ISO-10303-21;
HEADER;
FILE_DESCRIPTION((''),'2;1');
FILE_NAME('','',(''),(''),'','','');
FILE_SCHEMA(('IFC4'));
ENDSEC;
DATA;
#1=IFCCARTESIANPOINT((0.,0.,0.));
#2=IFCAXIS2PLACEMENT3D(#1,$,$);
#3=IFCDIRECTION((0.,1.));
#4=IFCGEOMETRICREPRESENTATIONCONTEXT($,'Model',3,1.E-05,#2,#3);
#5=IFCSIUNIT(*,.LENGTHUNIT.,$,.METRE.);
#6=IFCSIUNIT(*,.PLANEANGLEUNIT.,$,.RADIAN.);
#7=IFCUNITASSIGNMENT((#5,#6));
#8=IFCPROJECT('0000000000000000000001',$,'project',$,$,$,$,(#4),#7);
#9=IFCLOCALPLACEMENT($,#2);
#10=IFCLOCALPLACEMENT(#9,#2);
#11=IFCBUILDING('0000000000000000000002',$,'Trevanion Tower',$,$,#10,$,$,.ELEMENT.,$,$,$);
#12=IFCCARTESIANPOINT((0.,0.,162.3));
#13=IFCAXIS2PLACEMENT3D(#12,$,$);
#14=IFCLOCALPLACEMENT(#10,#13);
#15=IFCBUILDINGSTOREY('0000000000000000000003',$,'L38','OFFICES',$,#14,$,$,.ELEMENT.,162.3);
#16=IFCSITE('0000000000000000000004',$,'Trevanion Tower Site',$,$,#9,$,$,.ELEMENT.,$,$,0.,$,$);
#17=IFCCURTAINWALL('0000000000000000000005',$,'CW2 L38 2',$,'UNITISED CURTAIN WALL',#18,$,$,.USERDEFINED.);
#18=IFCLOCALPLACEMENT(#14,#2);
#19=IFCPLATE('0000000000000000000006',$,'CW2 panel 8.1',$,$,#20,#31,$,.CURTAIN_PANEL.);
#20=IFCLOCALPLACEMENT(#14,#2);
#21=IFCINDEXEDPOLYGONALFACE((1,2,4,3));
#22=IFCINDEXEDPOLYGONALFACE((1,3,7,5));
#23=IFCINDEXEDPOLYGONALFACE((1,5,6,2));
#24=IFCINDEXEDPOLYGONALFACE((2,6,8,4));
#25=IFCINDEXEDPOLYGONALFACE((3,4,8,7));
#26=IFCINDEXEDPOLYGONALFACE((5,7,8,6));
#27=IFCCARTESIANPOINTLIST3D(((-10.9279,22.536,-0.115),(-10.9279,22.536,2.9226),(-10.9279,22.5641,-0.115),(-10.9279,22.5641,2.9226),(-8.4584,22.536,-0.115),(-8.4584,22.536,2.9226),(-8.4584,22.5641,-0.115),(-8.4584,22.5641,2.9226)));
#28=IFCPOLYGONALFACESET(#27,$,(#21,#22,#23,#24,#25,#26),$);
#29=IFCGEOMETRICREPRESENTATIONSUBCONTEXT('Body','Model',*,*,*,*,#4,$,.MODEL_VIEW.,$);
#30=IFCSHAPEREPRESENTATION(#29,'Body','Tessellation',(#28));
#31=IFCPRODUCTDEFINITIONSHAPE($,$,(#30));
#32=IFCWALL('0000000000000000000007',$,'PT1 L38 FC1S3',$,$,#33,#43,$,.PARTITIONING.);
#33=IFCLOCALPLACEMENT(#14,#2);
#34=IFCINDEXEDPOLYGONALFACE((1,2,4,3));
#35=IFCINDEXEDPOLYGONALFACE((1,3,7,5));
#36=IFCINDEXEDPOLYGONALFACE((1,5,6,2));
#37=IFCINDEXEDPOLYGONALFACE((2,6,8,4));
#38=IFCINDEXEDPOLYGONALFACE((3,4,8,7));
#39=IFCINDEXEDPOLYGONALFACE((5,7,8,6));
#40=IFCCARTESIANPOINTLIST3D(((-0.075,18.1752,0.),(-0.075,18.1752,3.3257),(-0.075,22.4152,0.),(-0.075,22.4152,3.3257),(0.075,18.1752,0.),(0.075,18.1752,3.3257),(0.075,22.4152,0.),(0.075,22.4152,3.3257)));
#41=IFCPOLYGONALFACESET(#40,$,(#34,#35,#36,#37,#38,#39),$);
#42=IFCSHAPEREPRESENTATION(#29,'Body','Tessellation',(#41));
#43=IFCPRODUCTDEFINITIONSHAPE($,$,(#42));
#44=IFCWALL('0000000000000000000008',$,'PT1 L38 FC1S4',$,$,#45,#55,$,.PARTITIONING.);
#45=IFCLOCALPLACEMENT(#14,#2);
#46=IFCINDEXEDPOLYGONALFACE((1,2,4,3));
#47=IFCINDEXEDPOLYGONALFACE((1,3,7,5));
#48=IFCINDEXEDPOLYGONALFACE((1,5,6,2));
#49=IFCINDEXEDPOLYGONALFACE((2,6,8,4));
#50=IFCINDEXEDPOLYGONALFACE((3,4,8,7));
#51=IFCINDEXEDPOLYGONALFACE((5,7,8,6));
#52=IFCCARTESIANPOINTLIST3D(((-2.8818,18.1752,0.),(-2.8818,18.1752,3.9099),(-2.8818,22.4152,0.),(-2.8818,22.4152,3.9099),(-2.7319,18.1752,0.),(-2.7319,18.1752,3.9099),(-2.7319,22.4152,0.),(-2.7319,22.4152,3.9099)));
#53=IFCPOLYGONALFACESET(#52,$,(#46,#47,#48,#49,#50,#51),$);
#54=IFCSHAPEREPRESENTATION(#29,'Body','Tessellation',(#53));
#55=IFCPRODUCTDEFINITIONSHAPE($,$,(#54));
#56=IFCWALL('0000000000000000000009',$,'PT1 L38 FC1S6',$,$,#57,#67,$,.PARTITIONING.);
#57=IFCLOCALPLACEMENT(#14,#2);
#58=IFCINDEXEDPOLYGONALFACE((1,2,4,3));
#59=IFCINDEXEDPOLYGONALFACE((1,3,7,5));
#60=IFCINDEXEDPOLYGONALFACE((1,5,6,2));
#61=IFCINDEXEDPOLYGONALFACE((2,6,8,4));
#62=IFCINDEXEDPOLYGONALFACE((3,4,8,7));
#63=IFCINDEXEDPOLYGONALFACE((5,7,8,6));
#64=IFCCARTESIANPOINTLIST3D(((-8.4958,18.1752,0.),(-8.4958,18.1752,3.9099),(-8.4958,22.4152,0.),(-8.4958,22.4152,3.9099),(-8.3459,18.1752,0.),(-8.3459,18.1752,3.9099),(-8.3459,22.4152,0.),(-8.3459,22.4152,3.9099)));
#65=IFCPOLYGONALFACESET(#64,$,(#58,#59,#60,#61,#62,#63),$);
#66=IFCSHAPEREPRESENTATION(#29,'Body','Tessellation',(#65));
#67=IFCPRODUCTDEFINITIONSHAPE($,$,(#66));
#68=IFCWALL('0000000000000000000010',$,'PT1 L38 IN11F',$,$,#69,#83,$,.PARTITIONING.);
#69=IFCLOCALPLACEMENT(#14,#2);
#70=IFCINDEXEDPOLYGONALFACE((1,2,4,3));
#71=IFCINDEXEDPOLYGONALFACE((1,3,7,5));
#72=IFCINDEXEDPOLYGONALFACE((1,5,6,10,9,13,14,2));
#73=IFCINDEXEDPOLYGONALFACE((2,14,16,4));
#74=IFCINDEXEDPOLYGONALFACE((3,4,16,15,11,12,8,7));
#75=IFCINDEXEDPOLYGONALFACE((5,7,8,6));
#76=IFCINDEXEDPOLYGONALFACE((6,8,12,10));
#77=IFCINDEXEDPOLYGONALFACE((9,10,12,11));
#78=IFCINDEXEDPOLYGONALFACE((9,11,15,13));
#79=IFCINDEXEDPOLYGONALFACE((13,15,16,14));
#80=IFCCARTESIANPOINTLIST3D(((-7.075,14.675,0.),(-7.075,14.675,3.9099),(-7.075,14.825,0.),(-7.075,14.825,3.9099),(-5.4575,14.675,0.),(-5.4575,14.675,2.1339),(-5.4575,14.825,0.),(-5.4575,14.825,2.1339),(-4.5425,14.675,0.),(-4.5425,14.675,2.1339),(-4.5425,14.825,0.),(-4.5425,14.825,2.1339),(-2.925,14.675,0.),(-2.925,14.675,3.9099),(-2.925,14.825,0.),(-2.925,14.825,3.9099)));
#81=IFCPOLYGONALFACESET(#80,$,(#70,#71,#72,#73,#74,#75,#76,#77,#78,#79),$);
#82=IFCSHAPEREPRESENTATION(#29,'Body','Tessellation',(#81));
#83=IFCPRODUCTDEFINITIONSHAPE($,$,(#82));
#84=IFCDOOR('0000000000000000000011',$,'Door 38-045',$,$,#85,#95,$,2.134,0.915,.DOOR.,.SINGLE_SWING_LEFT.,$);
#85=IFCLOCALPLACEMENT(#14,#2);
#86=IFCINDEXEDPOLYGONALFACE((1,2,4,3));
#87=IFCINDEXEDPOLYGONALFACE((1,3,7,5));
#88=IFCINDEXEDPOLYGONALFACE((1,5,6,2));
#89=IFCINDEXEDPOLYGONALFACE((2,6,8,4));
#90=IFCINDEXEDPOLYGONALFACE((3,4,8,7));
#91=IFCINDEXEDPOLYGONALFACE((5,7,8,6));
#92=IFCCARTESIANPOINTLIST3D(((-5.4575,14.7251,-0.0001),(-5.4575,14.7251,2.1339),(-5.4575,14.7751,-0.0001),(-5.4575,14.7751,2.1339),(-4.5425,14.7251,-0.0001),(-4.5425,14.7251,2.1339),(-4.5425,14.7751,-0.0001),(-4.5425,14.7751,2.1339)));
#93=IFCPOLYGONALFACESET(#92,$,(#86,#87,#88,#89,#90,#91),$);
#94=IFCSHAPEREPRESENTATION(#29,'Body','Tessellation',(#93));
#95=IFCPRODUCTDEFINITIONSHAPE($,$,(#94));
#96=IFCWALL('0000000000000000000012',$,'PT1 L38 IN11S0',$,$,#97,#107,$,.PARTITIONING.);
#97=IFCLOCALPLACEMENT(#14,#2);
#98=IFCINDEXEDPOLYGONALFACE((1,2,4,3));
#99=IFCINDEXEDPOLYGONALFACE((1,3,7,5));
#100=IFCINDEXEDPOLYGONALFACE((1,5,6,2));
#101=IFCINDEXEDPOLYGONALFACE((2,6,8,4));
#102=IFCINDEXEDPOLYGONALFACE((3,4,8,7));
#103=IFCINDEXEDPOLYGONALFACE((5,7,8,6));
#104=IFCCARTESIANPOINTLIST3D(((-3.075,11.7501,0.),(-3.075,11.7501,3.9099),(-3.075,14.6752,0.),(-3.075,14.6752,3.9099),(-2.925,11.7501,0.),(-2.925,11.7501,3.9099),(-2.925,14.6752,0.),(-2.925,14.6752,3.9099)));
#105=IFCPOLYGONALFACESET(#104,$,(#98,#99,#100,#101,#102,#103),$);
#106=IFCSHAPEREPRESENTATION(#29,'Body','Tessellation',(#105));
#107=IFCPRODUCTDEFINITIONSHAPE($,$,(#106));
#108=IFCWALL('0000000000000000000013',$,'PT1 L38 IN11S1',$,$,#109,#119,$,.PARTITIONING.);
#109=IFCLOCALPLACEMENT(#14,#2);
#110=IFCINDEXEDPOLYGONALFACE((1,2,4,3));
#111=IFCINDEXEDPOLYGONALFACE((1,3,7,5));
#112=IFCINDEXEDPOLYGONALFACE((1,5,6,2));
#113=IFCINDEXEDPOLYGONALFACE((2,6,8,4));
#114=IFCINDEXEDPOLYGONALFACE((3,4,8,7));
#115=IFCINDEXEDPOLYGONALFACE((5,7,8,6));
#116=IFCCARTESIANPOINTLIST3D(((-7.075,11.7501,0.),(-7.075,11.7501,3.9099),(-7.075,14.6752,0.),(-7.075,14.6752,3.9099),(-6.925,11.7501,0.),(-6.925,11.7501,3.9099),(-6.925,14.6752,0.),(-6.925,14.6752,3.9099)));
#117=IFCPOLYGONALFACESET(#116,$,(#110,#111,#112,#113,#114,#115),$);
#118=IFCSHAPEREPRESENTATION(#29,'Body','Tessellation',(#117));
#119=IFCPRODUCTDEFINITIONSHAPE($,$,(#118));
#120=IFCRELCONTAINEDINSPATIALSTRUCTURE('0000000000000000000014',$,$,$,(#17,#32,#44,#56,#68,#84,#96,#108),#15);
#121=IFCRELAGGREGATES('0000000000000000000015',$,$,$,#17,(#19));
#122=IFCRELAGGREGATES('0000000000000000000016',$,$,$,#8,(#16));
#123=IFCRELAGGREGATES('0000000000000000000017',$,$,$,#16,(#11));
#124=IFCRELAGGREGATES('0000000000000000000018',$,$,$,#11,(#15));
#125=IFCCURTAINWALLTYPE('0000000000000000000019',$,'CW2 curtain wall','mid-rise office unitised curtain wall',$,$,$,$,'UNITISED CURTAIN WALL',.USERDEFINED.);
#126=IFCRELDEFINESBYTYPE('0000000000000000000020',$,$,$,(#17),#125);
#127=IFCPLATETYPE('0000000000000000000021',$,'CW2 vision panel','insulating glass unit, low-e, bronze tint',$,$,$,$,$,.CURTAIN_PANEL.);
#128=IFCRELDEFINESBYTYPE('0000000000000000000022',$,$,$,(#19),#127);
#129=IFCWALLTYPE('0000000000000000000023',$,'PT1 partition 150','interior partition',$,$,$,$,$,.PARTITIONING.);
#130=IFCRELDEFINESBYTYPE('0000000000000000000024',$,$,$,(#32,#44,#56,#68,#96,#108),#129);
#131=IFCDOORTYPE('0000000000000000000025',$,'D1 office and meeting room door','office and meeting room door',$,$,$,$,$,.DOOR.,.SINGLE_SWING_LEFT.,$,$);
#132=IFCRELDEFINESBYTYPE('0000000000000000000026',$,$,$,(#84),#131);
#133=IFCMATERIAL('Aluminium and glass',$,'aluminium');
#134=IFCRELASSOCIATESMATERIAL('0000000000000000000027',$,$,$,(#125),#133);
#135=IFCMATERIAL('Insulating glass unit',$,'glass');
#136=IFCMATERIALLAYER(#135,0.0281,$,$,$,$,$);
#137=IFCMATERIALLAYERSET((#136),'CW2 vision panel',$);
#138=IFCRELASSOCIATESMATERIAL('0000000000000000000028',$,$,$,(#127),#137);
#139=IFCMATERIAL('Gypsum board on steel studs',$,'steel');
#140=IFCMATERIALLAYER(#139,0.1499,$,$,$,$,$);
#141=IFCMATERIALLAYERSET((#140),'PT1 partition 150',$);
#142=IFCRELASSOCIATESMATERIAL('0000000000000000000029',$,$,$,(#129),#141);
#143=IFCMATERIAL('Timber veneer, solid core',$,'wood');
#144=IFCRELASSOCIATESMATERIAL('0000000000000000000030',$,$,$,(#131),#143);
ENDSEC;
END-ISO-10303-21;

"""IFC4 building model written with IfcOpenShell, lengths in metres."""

from ifc_helpers import new_model, si_unit, direction, frame, frame_2d, origin, origin_2d, place, context, subcontext, project, spatial, rectangle, extrude, material, layer, layer_set, type_object, element, fill, aggregate, save


model = new_model("IFC4")

# Units and contexts
model_context = context("Model", 3, precision=1e-05, world=origin(), true_north=direction((0.0, 1.0)))
body_context = subcontext(model_context, "Body", "Model", "MODEL_VIEW")
ifc_project = project(units=[si_unit("LENGTHUNIT", "METRE"), si_unit("PLANEANGLEUNIT", "RADIAN")], contexts=[model_context])

# Site, building, storey
site_placement = place(None, origin())
site = spatial("IfcSite", under=ifc_project, at=site_placement, Name="Trevanion Tower Site", CompositionType="ELEMENT", RefElevation=0.0)
building_placement = place(site_placement, origin())
building = spatial("IfcBuilding", under=site, at=building_placement, Name="Trevanion Tower", CompositionType="ELEMENT")
storey_placement = place(building_placement, frame((0.0, 0.0, 162.3)))
storey = spatial("IfcBuildingStorey", under=building, at=storey_placement, Name="L38", Description="OFFICES", CompositionType="ELEMENT", Elevation=162.3)

# Curtain wall
ifc_material_1 = material(Name="Aluminium and glass", Category="aluminium")
curtain_wall_type = type_object("IfcCurtainWallType", Name="CW2 curtain wall", Description="mid-rise office unitised curtain wall", ElementType="UNITISED CURTAIN WALL", PredefinedType="USERDEFINED", material=ifc_material_1)
curtain_wall_placement = place(storey_placement, origin())
curtain_wall = element("IfcCurtainWall", 1, at=curtain_wall_placement, inside=storey, type_object=curtain_wall_type, Name="CW2 L38 2", ObjectType="UNITISED CURTAIN WALL", PredefinedType="USERDEFINED")

# Plate
ifc_material_2 = material(Name="Insulating glass unit", Category="glass")
ifc_layer_1 = layer(ifc_material_2, 0.0281)
ifc_layer_set_1 = layer_set([ifc_layer_1], Name="CW2 vision panel")
plate_type_1 = type_object("IfcPlateType", Name="CW2 vision panel", Description="insulating glass unit, low-e, bronze tint", PredefinedType="CURTAIN_PANEL", material=ifc_layer_set_1)
plate_1_placement = place(storey_placement, frame((-9.6931, 22.55, -0.115), z_axis=(0.0, 0.0, 1.0), x_axis=(-1.0, 0.0, 0.0)))
plate_1 = element("IfcPlate", 2, at=plate_1_placement, type_object=plate_type_1, Name="CW2 panel 8.1", PredefinedType="CURTAIN_PANEL", context=body_context, shape_type="SweptSolid", body=[
    extrude(rectangle(XDim=2.4695, YDim=0.0281, at=origin_2d()), origin(), (0.0, 0.0, 1.0), 3.0376),
])
aggregate(curtain_wall, [plate_1])

# Walls
ifc_material_3 = material(Name="Gypsum board on steel studs", Category="steel")
ifc_layer_2 = layer(ifc_material_3, 0.1499)
ifc_layer_set_2 = layer_set([ifc_layer_2], Name="PT1 partition 150")
wall_type = type_object("IfcWallType", Name="PT1 partition 150", Description="interior partition", PredefinedType="PARTITIONING", material=ifc_layer_set_2)
wall_1_placement = place(storey_placement, frame((0.0, 18.175, 0.0), z_axis=(0.0, 0.0, 1.0), x_axis=(0.0, 1.0, 0.0)))
element("IfcWall", 3, at=wall_1_placement, inside=storey, type_object=wall_type, Name="PT1 L38 FC1S3", PredefinedType="PARTITIONING", context=body_context, shape_type="SweptSolid", body=[
    extrude(rectangle(XDim=4.24, YDim=0.1499, at=frame_2d((2.1201, 0.0))), origin(), (0.0, 0.0, 1.0), 3.3257),
])
for number, where, z_axis, x_axis, name in (
    (4, (-2.8069, 18.175, 0.0), (0.0, 0.0, 1.0), (0.0, 1.0, 0.0), "PT1 L38 FC1S4"),
    (5, (-8.4209, 18.175, 0.0), (0.0, 0.0, 1.0), (0.0, 1.0, 0.0), "PT1 L38 FC1S6"),
):
    element("IfcWall", number, at=place(storey_placement, frame(where, z_axis=z_axis, x_axis=x_axis)), inside=storey, type_object=wall_type, Name=name, PredefinedType="PARTITIONING", context=body_context, shape_type="SweptSolid", body=[
        extrude(rectangle(XDim=4.24, YDim=0.1499, at=frame_2d((2.1201, 0.0))), origin(), (0.0, 0.0, 1.0), 3.9099),
    ])

# Wall, opening, door
wall_2_placement = place(storey_placement, frame((-2.925, 14.75, 0.0), z_axis=(0.0, 0.0, 1.0), x_axis=(-1.0, 0.0, 0.0)))
wall_2 = element("IfcWall", 6, at=wall_2_placement, inside=storey, type_object=wall_type, Name="PT1 L38 IN11F", PredefinedType="PARTITIONING", context=body_context, shape_type="SweptSolid", body=[
    extrude(rectangle(XDim=4.1499, YDim=0.1499, at=frame_2d((2.075, 0.0))), origin(), (0.0, 0.0, 1.0), 3.9099),
])
opening_placement = place(wall_2_placement, frame((1.6174, 0.0, 0.0)))
opening = element("IfcOpeningElement", 7, at=opening_placement, cuts=wall_2, PredefinedType="OPENING", context=body_context, shape_type="SweptSolid", body=[
    extrude(rectangle(XDim=0.915, YDim=2.134, at=frame_2d((0.4575, 1.0669))), frame((0.0, 0.085, 0.0), z_axis=(0.0, -1.0, 0.0), x_axis=(1.0, 0.0, 0.0)), (0.0, 0.0, 1.0), 0.1699),
])
ifc_material_4 = material(Name="Timber veneer, solid core", Category="wood")
door_type = type_object("IfcDoorType", Name="D1 office and meeting room door", Description="office and meeting room door", OperationType="SINGLE_SWING_LEFT", PredefinedType="DOOR", material=ifc_material_4)
door_placement = place(opening_placement, origin())
door = element("IfcDoor", 8, at=door_placement, inside=storey, type_object=door_type, Name="Door 38-045", OperationType="SINGLE_SWING_LEFT", OverallHeight=2.134, OverallWidth=0.915, PredefinedType="DOOR", context=body_context, shape_type="SweptSolid", body=[
    extrude(rectangle(XDim=0.915, YDim=2.134, at=frame_2d((0.4575, 1.0669))), frame((0.0, 0.0249, 0.0), z_axis=(0.0, -1.0, 0.0), x_axis=(1.0, 0.0, 0.0)), (0.0, 0.0, 1.0), 0.05),
])
fill(opening, door)

# Walls
for number, where, z_axis, x_axis, name in (
    (9, (-3.0, 14.675, 0.0), (0.0, 0.0, 1.0), (0.0, -1.0, 0.0), "PT1 L38 IN11S0"),
    (10, (-7.0, 14.675, 0.0), (0.0, 0.0, 1.0), (0.0, -1.0, 0.0), "PT1 L38 IN11S1"),
):
    element("IfcWall", number, at=place(storey_placement, frame(where, z_axis=z_axis, x_axis=x_axis)), inside=storey, type_object=wall_type, Name=name, PredefinedType="PARTITIONING", context=body_context, shape_type="SweptSolid", body=[
        extrude(rectangle(XDim=2.925, YDim=0.1499, at=frame_2d((1.4624, 0.0))), origin(), (0.0, 0.0, 1.0), 3.9099),
    ])

save(model, "model.ifc")
